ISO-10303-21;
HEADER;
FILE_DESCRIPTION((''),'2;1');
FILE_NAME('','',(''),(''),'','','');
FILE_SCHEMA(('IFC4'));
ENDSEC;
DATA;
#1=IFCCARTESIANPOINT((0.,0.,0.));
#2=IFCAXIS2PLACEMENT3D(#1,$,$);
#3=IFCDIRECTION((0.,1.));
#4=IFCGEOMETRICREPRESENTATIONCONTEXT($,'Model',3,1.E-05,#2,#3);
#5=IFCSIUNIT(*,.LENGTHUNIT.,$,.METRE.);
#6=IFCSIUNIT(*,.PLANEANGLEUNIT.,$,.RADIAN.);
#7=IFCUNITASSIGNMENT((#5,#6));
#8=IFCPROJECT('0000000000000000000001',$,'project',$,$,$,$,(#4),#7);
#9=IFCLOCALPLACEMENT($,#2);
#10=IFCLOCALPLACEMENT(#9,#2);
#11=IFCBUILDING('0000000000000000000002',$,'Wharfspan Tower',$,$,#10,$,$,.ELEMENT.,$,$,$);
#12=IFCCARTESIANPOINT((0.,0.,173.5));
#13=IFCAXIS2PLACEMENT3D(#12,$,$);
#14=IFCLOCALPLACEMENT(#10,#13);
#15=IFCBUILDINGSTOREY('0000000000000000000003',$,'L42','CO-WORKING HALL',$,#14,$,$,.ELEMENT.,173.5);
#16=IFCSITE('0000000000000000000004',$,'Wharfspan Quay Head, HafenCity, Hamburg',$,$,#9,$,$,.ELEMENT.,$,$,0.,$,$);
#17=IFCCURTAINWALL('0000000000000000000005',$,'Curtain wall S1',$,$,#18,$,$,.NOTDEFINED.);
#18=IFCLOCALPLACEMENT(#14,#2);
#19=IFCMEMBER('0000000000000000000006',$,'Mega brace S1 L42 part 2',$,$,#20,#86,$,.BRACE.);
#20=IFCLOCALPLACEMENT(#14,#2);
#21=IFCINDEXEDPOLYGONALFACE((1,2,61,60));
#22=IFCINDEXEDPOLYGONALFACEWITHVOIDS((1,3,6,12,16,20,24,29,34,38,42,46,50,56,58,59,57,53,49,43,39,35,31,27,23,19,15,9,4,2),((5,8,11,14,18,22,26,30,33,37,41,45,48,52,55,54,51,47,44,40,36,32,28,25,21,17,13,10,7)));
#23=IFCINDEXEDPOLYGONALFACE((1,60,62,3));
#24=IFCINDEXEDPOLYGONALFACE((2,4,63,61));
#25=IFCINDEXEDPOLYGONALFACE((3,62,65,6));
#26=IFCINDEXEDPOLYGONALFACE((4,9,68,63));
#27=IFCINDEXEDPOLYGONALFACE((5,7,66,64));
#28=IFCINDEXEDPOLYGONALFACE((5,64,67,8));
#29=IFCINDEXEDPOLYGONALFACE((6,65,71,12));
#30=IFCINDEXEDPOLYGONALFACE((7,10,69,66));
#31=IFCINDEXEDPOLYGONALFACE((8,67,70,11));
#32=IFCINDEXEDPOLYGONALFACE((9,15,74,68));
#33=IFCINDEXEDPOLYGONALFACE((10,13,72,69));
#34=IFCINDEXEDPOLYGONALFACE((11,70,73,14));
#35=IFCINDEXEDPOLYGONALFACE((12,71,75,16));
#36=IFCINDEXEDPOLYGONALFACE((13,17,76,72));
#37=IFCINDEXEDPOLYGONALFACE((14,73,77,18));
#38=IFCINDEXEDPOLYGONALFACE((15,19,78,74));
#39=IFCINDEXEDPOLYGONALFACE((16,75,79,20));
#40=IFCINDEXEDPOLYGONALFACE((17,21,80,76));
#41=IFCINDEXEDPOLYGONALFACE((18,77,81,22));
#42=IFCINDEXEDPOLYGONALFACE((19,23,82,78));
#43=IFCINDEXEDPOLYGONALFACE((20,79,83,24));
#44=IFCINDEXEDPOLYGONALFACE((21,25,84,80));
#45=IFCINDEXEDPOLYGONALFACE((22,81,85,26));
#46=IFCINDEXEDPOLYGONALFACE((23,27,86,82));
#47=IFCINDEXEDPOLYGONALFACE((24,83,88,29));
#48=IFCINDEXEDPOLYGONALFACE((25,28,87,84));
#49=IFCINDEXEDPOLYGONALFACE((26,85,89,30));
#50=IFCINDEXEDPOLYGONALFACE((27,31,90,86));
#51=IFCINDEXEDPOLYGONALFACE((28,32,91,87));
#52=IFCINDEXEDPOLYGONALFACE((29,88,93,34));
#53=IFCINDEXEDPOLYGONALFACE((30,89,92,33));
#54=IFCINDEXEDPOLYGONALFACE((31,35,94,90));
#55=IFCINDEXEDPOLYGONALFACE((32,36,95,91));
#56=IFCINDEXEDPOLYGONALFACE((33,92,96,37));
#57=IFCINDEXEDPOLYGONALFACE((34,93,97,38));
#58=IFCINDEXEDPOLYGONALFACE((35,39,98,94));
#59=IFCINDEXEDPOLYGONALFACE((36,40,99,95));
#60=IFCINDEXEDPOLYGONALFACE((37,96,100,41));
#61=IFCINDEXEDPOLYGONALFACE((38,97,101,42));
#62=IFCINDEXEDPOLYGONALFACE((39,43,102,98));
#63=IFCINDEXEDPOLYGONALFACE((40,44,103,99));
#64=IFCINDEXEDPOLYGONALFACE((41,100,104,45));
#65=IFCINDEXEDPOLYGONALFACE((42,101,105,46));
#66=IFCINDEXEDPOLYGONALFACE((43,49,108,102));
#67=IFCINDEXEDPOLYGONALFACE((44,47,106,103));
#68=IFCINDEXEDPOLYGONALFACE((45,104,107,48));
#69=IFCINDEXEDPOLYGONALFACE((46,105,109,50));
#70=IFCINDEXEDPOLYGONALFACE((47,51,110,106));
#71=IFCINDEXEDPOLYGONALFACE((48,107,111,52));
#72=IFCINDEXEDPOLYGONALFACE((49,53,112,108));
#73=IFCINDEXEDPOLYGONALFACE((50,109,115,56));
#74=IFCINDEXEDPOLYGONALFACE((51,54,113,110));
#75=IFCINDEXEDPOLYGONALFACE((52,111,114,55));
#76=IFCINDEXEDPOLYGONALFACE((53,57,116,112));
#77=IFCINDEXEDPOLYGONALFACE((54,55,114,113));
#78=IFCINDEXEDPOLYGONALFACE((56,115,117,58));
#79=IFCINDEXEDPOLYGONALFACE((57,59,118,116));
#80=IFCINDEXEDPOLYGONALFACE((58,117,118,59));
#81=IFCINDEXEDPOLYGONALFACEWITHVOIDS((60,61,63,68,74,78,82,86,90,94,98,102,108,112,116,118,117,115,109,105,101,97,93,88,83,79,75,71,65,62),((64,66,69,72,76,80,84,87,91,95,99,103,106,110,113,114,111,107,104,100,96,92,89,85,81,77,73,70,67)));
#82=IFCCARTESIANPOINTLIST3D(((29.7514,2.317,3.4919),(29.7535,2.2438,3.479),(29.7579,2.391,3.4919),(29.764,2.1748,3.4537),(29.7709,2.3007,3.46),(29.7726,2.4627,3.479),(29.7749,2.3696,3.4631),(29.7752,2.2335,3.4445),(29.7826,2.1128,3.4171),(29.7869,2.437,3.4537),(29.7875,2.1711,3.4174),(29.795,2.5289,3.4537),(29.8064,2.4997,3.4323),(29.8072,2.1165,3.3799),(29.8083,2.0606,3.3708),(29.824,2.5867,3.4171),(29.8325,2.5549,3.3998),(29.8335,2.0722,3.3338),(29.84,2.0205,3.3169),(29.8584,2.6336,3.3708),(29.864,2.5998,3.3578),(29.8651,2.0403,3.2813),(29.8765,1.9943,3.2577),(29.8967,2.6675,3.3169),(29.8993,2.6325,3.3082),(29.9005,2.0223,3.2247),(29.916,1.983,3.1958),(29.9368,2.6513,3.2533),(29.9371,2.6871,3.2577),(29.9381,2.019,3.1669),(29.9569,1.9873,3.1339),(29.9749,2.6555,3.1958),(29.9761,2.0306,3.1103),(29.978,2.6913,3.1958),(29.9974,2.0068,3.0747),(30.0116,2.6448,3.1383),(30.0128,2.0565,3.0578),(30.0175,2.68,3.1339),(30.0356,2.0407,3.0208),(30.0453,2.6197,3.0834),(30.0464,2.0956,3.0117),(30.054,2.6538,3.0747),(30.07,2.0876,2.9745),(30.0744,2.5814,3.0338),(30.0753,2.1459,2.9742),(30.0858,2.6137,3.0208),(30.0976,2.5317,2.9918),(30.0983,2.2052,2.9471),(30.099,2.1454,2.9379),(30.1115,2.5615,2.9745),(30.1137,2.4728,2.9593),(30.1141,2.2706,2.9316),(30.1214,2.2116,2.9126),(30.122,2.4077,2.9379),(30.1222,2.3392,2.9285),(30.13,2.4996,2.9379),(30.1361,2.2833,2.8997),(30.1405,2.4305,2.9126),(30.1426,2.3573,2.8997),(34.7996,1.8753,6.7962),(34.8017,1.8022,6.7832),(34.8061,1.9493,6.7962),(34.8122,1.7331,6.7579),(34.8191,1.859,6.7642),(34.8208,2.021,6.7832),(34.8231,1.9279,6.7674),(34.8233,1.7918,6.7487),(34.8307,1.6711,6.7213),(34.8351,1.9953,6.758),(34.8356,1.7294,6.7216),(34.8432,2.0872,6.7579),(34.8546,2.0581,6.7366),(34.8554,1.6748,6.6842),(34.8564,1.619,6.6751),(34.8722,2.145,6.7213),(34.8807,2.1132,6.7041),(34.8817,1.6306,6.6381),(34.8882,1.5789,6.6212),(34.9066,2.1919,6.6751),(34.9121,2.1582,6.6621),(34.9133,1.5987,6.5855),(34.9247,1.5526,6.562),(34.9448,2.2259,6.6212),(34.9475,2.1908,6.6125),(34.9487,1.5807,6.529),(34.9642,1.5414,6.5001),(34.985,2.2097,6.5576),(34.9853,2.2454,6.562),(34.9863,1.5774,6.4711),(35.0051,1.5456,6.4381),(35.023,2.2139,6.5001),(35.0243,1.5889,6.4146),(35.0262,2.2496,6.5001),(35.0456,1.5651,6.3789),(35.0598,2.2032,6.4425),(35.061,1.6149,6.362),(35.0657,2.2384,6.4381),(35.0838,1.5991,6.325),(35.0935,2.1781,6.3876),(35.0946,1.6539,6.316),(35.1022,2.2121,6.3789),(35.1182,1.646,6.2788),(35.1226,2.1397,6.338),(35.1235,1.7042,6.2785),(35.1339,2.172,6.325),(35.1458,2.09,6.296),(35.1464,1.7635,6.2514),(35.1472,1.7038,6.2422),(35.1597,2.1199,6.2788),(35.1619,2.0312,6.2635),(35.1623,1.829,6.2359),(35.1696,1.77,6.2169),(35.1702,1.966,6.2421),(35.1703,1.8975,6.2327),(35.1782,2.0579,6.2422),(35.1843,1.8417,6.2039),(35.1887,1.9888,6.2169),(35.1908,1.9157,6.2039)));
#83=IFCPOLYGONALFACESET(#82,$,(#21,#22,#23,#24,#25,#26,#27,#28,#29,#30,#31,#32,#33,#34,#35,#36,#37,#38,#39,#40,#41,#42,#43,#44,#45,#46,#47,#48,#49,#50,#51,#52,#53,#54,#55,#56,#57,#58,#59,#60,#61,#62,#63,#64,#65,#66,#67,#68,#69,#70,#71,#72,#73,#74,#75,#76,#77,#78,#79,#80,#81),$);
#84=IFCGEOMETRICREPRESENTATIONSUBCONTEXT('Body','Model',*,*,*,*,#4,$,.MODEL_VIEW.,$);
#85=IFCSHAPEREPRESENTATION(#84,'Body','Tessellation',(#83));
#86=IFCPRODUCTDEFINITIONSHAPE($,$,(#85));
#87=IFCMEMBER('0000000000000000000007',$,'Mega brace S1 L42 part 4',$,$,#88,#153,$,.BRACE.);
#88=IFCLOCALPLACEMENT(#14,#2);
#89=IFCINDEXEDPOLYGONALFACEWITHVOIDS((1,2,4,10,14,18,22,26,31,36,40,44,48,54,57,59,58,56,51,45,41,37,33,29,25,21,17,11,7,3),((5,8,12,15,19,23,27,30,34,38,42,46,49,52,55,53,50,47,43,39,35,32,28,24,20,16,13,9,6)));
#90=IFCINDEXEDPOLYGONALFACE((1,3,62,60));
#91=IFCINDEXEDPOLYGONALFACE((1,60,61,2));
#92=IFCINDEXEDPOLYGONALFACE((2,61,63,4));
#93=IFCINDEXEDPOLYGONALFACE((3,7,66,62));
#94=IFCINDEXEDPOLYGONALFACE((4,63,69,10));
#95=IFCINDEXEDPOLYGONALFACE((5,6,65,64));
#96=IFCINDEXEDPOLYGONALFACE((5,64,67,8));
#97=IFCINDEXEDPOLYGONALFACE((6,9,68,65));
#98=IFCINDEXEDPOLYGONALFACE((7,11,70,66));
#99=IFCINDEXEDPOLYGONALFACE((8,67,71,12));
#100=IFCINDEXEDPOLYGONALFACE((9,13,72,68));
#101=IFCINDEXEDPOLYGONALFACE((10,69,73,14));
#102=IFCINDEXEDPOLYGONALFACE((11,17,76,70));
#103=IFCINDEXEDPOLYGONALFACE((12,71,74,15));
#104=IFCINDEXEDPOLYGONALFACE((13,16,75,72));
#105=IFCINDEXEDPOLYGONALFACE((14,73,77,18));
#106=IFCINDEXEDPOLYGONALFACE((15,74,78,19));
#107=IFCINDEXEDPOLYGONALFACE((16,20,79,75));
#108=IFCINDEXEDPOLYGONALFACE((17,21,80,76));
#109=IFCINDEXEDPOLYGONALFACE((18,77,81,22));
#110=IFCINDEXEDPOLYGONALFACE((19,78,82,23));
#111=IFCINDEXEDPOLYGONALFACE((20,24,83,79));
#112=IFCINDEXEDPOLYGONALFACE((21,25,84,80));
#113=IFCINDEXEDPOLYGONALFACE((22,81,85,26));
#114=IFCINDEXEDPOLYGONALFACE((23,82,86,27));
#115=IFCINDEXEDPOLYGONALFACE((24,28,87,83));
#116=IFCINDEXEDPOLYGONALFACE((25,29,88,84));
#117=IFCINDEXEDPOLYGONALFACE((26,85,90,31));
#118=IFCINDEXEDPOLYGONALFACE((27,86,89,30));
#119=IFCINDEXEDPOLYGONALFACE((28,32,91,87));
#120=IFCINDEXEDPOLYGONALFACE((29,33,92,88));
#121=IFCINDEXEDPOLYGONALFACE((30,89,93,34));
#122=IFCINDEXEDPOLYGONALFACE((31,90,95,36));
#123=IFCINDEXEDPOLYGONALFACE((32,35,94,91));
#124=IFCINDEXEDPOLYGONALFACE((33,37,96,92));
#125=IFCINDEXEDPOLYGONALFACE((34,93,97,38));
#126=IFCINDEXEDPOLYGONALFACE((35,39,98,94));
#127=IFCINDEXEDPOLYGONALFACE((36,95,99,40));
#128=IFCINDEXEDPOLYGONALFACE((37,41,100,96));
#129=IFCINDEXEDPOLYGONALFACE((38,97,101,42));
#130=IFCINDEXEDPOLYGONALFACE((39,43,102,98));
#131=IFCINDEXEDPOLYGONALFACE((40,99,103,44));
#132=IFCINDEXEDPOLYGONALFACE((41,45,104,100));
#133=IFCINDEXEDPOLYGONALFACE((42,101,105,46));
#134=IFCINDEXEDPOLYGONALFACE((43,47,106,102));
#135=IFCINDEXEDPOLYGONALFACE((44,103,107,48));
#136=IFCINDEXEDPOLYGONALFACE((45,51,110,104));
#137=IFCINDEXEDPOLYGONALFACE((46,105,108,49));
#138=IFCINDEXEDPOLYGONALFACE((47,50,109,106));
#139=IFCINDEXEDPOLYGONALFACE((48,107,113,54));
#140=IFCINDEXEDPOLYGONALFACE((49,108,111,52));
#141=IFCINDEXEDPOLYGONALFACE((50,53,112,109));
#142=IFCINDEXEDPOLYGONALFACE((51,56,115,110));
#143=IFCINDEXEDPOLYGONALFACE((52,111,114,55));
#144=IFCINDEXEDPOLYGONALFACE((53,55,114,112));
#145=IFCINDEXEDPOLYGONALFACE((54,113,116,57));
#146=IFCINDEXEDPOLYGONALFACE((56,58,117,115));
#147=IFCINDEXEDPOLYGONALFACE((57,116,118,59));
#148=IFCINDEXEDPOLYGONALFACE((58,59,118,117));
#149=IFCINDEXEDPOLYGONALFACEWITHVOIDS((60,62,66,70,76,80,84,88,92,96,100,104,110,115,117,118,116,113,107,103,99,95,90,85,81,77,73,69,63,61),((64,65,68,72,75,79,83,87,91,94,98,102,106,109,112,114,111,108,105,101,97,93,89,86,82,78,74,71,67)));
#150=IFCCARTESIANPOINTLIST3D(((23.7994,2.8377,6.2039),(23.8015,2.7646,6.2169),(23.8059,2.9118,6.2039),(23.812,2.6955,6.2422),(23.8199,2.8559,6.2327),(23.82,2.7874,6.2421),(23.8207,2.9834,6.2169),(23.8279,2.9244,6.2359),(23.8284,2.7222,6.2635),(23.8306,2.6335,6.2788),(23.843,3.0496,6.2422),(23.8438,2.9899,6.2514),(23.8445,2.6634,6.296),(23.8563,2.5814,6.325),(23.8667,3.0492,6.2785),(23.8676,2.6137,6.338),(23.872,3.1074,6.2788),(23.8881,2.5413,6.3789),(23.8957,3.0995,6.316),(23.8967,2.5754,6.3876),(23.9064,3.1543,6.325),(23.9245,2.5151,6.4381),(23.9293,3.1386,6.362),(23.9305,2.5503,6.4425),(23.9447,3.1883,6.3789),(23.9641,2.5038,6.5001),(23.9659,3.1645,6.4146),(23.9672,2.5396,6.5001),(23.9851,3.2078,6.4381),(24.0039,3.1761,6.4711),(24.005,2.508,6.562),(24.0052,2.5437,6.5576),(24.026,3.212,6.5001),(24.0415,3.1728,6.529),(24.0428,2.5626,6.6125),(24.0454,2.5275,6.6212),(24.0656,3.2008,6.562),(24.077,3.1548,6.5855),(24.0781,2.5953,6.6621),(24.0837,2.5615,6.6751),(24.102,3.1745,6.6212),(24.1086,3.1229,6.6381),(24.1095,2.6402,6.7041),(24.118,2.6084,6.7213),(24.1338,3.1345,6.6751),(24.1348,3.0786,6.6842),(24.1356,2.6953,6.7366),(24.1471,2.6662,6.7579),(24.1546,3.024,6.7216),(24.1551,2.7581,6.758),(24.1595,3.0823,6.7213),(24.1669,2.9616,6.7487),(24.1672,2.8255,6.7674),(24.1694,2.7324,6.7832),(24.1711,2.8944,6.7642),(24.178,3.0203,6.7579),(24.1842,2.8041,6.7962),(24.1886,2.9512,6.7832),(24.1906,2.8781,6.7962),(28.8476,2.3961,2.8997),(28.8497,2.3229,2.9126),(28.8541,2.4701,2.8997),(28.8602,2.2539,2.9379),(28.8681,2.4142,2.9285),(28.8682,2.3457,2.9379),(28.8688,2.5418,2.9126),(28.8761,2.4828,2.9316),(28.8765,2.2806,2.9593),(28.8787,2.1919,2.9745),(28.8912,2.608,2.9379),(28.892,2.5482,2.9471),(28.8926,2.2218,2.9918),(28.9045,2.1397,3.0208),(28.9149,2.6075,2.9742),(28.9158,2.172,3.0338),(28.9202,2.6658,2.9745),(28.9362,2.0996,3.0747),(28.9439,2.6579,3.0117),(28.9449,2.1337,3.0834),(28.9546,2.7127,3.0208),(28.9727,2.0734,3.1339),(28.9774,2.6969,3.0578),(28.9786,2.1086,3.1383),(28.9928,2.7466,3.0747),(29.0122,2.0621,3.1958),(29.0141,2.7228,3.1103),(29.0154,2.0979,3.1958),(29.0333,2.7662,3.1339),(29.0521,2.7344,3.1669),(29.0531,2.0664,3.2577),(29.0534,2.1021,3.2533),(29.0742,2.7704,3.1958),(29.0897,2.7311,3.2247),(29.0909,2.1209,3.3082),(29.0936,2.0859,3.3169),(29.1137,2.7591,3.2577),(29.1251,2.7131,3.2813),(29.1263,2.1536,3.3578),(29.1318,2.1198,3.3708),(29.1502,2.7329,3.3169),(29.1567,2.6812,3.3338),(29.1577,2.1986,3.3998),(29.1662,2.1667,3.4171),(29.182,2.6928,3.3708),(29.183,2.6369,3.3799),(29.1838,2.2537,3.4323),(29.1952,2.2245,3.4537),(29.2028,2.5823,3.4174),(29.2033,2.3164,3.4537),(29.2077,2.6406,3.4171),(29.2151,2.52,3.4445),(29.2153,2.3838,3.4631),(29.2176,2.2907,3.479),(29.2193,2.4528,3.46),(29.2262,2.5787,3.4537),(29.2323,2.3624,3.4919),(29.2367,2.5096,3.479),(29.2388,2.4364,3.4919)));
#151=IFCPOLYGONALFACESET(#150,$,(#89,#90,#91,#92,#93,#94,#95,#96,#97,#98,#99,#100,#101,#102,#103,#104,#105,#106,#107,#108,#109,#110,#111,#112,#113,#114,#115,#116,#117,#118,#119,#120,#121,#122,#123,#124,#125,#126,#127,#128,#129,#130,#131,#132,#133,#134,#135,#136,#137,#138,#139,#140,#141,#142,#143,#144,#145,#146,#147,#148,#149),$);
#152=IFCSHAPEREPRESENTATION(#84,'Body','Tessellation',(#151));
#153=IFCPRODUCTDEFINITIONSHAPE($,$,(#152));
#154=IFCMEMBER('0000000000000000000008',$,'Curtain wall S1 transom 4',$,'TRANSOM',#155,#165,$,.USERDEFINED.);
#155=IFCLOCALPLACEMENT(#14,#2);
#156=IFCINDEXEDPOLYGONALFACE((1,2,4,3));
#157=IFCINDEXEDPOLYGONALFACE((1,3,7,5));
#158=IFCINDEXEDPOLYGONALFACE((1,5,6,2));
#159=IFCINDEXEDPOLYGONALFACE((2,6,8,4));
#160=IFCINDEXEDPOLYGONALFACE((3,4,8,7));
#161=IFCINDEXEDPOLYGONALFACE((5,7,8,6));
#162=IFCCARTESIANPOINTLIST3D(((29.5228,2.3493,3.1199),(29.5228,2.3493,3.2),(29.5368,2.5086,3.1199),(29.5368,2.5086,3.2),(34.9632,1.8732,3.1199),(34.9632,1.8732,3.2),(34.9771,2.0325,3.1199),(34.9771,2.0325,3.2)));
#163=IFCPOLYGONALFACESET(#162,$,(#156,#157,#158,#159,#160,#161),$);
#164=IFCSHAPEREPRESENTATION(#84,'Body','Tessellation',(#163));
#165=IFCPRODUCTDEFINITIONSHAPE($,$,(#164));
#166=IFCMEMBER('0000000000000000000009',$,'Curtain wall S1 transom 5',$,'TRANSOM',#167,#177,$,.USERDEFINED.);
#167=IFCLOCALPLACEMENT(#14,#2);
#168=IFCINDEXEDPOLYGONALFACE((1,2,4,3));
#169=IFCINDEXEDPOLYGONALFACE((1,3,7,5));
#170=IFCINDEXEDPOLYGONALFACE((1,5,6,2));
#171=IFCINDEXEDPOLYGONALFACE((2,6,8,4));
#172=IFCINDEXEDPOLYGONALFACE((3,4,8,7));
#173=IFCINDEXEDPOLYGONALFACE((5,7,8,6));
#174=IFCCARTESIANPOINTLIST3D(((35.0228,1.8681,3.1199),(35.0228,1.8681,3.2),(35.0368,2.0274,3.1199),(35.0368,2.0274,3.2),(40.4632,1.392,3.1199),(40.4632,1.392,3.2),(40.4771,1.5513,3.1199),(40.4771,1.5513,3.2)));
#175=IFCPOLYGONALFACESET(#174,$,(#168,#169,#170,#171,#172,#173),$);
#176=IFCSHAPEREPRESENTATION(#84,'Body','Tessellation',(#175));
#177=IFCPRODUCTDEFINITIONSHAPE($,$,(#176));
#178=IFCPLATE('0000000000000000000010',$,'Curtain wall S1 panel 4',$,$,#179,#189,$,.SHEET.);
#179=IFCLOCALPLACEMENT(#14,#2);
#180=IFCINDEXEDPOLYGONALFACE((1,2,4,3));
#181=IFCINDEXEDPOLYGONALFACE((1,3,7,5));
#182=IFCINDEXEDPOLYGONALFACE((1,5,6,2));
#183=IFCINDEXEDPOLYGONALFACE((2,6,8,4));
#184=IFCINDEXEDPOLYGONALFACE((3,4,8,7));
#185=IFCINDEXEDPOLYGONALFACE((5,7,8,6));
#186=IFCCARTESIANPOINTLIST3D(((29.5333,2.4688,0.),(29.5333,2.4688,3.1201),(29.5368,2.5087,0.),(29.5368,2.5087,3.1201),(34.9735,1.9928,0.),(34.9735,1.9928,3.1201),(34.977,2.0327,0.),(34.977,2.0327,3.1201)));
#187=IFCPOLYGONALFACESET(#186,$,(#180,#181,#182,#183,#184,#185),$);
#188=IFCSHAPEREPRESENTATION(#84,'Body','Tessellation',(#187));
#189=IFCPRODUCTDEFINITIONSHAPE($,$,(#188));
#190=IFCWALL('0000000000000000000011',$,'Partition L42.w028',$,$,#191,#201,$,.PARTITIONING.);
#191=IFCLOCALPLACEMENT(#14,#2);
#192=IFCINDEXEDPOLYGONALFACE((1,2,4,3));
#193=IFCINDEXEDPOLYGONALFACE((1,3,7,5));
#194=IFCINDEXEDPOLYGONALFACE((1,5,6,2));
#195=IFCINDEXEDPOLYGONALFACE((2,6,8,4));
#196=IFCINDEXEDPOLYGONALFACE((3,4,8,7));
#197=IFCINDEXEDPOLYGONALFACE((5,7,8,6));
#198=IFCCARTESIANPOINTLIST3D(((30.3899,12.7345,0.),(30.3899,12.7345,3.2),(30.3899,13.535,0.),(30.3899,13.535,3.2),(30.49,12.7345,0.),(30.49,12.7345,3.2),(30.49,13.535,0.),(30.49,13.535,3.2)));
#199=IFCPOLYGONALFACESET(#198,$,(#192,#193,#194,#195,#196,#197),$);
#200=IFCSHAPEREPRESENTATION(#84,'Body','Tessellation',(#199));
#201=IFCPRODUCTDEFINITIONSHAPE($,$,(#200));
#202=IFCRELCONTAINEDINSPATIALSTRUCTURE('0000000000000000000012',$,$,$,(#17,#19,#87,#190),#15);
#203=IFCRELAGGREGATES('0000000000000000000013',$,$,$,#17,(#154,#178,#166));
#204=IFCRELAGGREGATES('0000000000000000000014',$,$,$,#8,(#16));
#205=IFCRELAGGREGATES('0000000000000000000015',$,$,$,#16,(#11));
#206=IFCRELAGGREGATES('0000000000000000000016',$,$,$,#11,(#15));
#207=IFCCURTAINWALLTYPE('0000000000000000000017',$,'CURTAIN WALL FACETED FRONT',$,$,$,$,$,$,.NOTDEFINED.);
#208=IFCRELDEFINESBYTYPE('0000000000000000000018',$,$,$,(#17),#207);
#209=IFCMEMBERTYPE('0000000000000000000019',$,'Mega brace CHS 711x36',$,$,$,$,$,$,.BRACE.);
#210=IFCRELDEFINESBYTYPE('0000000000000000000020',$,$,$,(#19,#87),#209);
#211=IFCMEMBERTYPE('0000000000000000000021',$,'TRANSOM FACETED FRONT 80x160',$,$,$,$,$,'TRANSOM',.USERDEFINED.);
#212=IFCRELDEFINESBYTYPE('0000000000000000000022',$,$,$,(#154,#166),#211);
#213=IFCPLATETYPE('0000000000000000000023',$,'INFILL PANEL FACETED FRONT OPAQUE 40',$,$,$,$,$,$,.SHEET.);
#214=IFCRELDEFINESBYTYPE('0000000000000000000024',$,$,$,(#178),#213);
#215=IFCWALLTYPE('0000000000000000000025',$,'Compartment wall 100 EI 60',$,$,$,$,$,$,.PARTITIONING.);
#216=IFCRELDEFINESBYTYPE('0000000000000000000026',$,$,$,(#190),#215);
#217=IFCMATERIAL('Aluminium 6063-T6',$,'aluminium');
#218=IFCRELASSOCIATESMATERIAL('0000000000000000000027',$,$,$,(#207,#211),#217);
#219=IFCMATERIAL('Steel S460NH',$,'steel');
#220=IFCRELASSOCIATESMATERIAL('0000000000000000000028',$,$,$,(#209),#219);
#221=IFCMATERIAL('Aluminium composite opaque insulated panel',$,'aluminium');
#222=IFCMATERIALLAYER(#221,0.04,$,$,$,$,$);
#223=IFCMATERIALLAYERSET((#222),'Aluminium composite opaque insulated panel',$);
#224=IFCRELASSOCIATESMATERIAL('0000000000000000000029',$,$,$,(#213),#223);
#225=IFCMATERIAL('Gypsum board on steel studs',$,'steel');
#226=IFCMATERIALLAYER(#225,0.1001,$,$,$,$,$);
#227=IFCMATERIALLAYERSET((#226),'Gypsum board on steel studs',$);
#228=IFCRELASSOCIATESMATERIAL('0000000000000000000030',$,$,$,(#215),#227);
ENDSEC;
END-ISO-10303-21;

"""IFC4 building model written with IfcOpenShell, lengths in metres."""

from ifc_helpers import new_model, si_unit, direction, frame, frame_2d, origin, origin_2d, place, context, subcontext, project, spatial, rectangle, hollow_circle, extrude, material, layer, layer_set, material_profile, profile_set, type_object, element, aggregate, save


model = new_model("IFC4")

# Units and contexts
model_context = context("Model", 3, precision=1e-05, world=origin(), true_north=direction((0.0, 1.0)))
body_context = subcontext(model_context, "Body", "Model", "MODEL_VIEW")
ifc_project = project(units=[si_unit("LENGTHUNIT", "METRE"), si_unit("PLANEANGLEUNIT", "RADIAN")], contexts=[model_context])

# Site, building, storey
site_placement = place(None, origin())
site = spatial("IfcSite", under=ifc_project, at=site_placement, Name="Wharfspan Quay Head, HafenCity, Hamburg", CompositionType="ELEMENT", RefElevation=0.0)
building_placement = place(site_placement, origin())
building = spatial("IfcBuilding", under=site, at=building_placement, Name="Wharfspan Tower", CompositionType="ELEMENT")
storey_placement = place(building_placement, frame((0.0, 0.0, 173.5)))
storey = spatial("IfcBuildingStorey", under=building, at=storey_placement, Name="L42", Description="CO-WORKING HALL", CompositionType="ELEMENT", Elevation=173.5)

# Curtain wall
ifc_material_1 = material(Name="Aluminium 6063-T6", Category="aluminium")
curtain_wall_type = type_object("IfcCurtainWallType", Name="CURTAIN WALL FACETED FRONT", PredefinedType="NOTDEFINED", material=ifc_material_1)
curtain_wall_placement = place(storey_placement, origin())
curtain_wall = element("IfcCurtainWall", 1, at=curtain_wall_placement, inside=storey, type_object=curtain_wall_type, Name="Curtain wall S1", PredefinedType="NOTDEFINED")

# Members
ifc_material_2 = material(Name="Steel S460NH", Category="steel")
ifc_material_profile_1 = material_profile(ifc_material_2, hollow_circle(Radius=0.3555, WallThickness=0.0359, at=origin_2d()))
ifc_profile_set_1 = profile_set([ifc_material_profile_1], Name="Steel S460NH")
member_type_1 = type_object("IfcMemberType", Name="Mega brace CHS 711x36", PredefinedType="BRACE", material=ifc_profile_set_1)
for number, where, z_axis, x_axis, name in (
    (2, (29.947, 2.3372, 3.1958), (0.834469, -0.073006, 0.546197), (0.087156, 0.996198, -0.000001), "Mega brace S1 L42 part 2"),
    (3, (29.0432, 2.4163, 3.1958), (-0.834469, 0.073006, 0.546197), (-0.087156, -0.996198, -0.000001), "Mega brace S1 L42 part 4"),
):
    element("IfcMember", number, at=place(storey_placement, frame(where, z_axis=z_axis, x_axis=x_axis)), inside=storey, type_object=member_type_1, Name=name, PredefinedType="BRACE", context=body_context, shape_type="SweptSolid", body=[
        extrude(hollow_circle(Radius=0.3555, WallThickness=0.0359, at=origin_2d()), origin(), (0.0, 0.0, 1.0), 6.0496),
    ])

# Members
ifc_material_profile_2 = material_profile(ifc_material_1, rectangle(XDim=0.1599, YDim=0.0801, at=origin_2d()))
ifc_profile_set_2 = profile_set([ifc_material_profile_2], Name="Aluminium 6063-T6")
member_type_2 = type_object("IfcMemberType", Name="TRANSOM FACETED FRONT 80x160", ElementType="TRANSOM", PredefinedType="USERDEFINED", material=ifc_profile_set_2)
member_1_placement = place(storey_placement, frame((29.5298, 2.429, 3.1599), z_axis=(0.996193, -0.087174, 0.0), x_axis=(0.087174, 0.996193, 0.0)))
member_1 = element("IfcMember", 4, at=member_1_placement, type_object=member_type_2, Name="Curtain wall S1 transom 4", ObjectType="TRANSOM", PredefinedType="USERDEFINED", context=body_context, shape_type="SweptSolid", body=[
    extrude(rectangle(XDim=0.1599, YDim=0.0801, at=origin_2d()), origin(), (0.0, 0.0, 1.0), 5.4612),
])
member_2_placement = place(storey_placement, frame((35.0298, 1.9478, 3.1599), z_axis=(0.996193, -0.087174, 0.0), x_axis=(0.087174, 0.996193, 0.0)))
member_2 = element("IfcMember", 5, at=member_2_placement, type_object=member_type_2, Name="Curtain wall S1 transom 5", ObjectType="TRANSOM", PredefinedType="USERDEFINED", context=body_context, shape_type="SweptSolid", body=[
    extrude(rectangle(XDim=0.1599, YDim=0.0801, at=origin_2d()), origin(), (0.0, 0.0, 1.0), 5.4612),
])

# Plate
ifc_material_3 = material(Name="Aluminium composite opaque insulated panel", Category="aluminium")
ifc_layer_1 = layer(ifc_material_3, 0.04)
ifc_layer_set_1 = layer_set([ifc_layer_1], Name="Aluminium composite opaque insulated panel")
plate_type = type_object("IfcPlateType", Name="INFILL PANEL FACETED FRONT OPAQUE 40", PredefinedType="SHEET", material=ifc_layer_set_1)
plate_placement = place(storey_placement, frame((32.2551, 2.2507, 0.0), z_axis=(0.0, 0.0, 1.0), x_axis=(0.996198, -0.087156, 0.0)))
plate = element("IfcPlate", 6, at=plate_placement, type_object=plate_type, Name="Curtain wall S1 panel 4", PredefinedType="SHEET", context=body_context, shape_type="SweptSolid", body=[
    extrude(rectangle(XDim=5.4609, YDim=0.04, at=origin_2d()), origin(), (0.0, 0.0, 1.0), 3.1201),
])
aggregate(curtain_wall, [member_1, plate, member_2])

# Wall
ifc_material_4 = material(Name="Gypsum board on steel studs", Category="steel")
ifc_layer_2 = layer(ifc_material_4, 0.1001)
ifc_layer_set_2 = layer_set([ifc_layer_2], Name="Gypsum board on steel studs")
wall_type_1 = type_object("IfcWallType", Name="Compartment wall 100 EI 60", PredefinedType="PARTITIONING", material=ifc_layer_set_2)
wall_1_placement = place(storey_placement, frame((30.4399, 12.7344, 0.0), z_axis=(0.0, 0.0, 1.0), x_axis=(0.0, 1.0, 0.0)))
element("IfcWall", 7, at=wall_1_placement, inside=storey, type_object=wall_type_1, Name="Partition L42.w028", PredefinedType="PARTITIONING", context=body_context, shape_type="SweptSolid", body=[
    extrude(rectangle(XDim=0.8005, YDim=0.1001, at=frame_2d((0.4004, 0.0))), origin(), (0.0, 0.0, 1.0), 3.2),
])

save(model, "model.ifc")
